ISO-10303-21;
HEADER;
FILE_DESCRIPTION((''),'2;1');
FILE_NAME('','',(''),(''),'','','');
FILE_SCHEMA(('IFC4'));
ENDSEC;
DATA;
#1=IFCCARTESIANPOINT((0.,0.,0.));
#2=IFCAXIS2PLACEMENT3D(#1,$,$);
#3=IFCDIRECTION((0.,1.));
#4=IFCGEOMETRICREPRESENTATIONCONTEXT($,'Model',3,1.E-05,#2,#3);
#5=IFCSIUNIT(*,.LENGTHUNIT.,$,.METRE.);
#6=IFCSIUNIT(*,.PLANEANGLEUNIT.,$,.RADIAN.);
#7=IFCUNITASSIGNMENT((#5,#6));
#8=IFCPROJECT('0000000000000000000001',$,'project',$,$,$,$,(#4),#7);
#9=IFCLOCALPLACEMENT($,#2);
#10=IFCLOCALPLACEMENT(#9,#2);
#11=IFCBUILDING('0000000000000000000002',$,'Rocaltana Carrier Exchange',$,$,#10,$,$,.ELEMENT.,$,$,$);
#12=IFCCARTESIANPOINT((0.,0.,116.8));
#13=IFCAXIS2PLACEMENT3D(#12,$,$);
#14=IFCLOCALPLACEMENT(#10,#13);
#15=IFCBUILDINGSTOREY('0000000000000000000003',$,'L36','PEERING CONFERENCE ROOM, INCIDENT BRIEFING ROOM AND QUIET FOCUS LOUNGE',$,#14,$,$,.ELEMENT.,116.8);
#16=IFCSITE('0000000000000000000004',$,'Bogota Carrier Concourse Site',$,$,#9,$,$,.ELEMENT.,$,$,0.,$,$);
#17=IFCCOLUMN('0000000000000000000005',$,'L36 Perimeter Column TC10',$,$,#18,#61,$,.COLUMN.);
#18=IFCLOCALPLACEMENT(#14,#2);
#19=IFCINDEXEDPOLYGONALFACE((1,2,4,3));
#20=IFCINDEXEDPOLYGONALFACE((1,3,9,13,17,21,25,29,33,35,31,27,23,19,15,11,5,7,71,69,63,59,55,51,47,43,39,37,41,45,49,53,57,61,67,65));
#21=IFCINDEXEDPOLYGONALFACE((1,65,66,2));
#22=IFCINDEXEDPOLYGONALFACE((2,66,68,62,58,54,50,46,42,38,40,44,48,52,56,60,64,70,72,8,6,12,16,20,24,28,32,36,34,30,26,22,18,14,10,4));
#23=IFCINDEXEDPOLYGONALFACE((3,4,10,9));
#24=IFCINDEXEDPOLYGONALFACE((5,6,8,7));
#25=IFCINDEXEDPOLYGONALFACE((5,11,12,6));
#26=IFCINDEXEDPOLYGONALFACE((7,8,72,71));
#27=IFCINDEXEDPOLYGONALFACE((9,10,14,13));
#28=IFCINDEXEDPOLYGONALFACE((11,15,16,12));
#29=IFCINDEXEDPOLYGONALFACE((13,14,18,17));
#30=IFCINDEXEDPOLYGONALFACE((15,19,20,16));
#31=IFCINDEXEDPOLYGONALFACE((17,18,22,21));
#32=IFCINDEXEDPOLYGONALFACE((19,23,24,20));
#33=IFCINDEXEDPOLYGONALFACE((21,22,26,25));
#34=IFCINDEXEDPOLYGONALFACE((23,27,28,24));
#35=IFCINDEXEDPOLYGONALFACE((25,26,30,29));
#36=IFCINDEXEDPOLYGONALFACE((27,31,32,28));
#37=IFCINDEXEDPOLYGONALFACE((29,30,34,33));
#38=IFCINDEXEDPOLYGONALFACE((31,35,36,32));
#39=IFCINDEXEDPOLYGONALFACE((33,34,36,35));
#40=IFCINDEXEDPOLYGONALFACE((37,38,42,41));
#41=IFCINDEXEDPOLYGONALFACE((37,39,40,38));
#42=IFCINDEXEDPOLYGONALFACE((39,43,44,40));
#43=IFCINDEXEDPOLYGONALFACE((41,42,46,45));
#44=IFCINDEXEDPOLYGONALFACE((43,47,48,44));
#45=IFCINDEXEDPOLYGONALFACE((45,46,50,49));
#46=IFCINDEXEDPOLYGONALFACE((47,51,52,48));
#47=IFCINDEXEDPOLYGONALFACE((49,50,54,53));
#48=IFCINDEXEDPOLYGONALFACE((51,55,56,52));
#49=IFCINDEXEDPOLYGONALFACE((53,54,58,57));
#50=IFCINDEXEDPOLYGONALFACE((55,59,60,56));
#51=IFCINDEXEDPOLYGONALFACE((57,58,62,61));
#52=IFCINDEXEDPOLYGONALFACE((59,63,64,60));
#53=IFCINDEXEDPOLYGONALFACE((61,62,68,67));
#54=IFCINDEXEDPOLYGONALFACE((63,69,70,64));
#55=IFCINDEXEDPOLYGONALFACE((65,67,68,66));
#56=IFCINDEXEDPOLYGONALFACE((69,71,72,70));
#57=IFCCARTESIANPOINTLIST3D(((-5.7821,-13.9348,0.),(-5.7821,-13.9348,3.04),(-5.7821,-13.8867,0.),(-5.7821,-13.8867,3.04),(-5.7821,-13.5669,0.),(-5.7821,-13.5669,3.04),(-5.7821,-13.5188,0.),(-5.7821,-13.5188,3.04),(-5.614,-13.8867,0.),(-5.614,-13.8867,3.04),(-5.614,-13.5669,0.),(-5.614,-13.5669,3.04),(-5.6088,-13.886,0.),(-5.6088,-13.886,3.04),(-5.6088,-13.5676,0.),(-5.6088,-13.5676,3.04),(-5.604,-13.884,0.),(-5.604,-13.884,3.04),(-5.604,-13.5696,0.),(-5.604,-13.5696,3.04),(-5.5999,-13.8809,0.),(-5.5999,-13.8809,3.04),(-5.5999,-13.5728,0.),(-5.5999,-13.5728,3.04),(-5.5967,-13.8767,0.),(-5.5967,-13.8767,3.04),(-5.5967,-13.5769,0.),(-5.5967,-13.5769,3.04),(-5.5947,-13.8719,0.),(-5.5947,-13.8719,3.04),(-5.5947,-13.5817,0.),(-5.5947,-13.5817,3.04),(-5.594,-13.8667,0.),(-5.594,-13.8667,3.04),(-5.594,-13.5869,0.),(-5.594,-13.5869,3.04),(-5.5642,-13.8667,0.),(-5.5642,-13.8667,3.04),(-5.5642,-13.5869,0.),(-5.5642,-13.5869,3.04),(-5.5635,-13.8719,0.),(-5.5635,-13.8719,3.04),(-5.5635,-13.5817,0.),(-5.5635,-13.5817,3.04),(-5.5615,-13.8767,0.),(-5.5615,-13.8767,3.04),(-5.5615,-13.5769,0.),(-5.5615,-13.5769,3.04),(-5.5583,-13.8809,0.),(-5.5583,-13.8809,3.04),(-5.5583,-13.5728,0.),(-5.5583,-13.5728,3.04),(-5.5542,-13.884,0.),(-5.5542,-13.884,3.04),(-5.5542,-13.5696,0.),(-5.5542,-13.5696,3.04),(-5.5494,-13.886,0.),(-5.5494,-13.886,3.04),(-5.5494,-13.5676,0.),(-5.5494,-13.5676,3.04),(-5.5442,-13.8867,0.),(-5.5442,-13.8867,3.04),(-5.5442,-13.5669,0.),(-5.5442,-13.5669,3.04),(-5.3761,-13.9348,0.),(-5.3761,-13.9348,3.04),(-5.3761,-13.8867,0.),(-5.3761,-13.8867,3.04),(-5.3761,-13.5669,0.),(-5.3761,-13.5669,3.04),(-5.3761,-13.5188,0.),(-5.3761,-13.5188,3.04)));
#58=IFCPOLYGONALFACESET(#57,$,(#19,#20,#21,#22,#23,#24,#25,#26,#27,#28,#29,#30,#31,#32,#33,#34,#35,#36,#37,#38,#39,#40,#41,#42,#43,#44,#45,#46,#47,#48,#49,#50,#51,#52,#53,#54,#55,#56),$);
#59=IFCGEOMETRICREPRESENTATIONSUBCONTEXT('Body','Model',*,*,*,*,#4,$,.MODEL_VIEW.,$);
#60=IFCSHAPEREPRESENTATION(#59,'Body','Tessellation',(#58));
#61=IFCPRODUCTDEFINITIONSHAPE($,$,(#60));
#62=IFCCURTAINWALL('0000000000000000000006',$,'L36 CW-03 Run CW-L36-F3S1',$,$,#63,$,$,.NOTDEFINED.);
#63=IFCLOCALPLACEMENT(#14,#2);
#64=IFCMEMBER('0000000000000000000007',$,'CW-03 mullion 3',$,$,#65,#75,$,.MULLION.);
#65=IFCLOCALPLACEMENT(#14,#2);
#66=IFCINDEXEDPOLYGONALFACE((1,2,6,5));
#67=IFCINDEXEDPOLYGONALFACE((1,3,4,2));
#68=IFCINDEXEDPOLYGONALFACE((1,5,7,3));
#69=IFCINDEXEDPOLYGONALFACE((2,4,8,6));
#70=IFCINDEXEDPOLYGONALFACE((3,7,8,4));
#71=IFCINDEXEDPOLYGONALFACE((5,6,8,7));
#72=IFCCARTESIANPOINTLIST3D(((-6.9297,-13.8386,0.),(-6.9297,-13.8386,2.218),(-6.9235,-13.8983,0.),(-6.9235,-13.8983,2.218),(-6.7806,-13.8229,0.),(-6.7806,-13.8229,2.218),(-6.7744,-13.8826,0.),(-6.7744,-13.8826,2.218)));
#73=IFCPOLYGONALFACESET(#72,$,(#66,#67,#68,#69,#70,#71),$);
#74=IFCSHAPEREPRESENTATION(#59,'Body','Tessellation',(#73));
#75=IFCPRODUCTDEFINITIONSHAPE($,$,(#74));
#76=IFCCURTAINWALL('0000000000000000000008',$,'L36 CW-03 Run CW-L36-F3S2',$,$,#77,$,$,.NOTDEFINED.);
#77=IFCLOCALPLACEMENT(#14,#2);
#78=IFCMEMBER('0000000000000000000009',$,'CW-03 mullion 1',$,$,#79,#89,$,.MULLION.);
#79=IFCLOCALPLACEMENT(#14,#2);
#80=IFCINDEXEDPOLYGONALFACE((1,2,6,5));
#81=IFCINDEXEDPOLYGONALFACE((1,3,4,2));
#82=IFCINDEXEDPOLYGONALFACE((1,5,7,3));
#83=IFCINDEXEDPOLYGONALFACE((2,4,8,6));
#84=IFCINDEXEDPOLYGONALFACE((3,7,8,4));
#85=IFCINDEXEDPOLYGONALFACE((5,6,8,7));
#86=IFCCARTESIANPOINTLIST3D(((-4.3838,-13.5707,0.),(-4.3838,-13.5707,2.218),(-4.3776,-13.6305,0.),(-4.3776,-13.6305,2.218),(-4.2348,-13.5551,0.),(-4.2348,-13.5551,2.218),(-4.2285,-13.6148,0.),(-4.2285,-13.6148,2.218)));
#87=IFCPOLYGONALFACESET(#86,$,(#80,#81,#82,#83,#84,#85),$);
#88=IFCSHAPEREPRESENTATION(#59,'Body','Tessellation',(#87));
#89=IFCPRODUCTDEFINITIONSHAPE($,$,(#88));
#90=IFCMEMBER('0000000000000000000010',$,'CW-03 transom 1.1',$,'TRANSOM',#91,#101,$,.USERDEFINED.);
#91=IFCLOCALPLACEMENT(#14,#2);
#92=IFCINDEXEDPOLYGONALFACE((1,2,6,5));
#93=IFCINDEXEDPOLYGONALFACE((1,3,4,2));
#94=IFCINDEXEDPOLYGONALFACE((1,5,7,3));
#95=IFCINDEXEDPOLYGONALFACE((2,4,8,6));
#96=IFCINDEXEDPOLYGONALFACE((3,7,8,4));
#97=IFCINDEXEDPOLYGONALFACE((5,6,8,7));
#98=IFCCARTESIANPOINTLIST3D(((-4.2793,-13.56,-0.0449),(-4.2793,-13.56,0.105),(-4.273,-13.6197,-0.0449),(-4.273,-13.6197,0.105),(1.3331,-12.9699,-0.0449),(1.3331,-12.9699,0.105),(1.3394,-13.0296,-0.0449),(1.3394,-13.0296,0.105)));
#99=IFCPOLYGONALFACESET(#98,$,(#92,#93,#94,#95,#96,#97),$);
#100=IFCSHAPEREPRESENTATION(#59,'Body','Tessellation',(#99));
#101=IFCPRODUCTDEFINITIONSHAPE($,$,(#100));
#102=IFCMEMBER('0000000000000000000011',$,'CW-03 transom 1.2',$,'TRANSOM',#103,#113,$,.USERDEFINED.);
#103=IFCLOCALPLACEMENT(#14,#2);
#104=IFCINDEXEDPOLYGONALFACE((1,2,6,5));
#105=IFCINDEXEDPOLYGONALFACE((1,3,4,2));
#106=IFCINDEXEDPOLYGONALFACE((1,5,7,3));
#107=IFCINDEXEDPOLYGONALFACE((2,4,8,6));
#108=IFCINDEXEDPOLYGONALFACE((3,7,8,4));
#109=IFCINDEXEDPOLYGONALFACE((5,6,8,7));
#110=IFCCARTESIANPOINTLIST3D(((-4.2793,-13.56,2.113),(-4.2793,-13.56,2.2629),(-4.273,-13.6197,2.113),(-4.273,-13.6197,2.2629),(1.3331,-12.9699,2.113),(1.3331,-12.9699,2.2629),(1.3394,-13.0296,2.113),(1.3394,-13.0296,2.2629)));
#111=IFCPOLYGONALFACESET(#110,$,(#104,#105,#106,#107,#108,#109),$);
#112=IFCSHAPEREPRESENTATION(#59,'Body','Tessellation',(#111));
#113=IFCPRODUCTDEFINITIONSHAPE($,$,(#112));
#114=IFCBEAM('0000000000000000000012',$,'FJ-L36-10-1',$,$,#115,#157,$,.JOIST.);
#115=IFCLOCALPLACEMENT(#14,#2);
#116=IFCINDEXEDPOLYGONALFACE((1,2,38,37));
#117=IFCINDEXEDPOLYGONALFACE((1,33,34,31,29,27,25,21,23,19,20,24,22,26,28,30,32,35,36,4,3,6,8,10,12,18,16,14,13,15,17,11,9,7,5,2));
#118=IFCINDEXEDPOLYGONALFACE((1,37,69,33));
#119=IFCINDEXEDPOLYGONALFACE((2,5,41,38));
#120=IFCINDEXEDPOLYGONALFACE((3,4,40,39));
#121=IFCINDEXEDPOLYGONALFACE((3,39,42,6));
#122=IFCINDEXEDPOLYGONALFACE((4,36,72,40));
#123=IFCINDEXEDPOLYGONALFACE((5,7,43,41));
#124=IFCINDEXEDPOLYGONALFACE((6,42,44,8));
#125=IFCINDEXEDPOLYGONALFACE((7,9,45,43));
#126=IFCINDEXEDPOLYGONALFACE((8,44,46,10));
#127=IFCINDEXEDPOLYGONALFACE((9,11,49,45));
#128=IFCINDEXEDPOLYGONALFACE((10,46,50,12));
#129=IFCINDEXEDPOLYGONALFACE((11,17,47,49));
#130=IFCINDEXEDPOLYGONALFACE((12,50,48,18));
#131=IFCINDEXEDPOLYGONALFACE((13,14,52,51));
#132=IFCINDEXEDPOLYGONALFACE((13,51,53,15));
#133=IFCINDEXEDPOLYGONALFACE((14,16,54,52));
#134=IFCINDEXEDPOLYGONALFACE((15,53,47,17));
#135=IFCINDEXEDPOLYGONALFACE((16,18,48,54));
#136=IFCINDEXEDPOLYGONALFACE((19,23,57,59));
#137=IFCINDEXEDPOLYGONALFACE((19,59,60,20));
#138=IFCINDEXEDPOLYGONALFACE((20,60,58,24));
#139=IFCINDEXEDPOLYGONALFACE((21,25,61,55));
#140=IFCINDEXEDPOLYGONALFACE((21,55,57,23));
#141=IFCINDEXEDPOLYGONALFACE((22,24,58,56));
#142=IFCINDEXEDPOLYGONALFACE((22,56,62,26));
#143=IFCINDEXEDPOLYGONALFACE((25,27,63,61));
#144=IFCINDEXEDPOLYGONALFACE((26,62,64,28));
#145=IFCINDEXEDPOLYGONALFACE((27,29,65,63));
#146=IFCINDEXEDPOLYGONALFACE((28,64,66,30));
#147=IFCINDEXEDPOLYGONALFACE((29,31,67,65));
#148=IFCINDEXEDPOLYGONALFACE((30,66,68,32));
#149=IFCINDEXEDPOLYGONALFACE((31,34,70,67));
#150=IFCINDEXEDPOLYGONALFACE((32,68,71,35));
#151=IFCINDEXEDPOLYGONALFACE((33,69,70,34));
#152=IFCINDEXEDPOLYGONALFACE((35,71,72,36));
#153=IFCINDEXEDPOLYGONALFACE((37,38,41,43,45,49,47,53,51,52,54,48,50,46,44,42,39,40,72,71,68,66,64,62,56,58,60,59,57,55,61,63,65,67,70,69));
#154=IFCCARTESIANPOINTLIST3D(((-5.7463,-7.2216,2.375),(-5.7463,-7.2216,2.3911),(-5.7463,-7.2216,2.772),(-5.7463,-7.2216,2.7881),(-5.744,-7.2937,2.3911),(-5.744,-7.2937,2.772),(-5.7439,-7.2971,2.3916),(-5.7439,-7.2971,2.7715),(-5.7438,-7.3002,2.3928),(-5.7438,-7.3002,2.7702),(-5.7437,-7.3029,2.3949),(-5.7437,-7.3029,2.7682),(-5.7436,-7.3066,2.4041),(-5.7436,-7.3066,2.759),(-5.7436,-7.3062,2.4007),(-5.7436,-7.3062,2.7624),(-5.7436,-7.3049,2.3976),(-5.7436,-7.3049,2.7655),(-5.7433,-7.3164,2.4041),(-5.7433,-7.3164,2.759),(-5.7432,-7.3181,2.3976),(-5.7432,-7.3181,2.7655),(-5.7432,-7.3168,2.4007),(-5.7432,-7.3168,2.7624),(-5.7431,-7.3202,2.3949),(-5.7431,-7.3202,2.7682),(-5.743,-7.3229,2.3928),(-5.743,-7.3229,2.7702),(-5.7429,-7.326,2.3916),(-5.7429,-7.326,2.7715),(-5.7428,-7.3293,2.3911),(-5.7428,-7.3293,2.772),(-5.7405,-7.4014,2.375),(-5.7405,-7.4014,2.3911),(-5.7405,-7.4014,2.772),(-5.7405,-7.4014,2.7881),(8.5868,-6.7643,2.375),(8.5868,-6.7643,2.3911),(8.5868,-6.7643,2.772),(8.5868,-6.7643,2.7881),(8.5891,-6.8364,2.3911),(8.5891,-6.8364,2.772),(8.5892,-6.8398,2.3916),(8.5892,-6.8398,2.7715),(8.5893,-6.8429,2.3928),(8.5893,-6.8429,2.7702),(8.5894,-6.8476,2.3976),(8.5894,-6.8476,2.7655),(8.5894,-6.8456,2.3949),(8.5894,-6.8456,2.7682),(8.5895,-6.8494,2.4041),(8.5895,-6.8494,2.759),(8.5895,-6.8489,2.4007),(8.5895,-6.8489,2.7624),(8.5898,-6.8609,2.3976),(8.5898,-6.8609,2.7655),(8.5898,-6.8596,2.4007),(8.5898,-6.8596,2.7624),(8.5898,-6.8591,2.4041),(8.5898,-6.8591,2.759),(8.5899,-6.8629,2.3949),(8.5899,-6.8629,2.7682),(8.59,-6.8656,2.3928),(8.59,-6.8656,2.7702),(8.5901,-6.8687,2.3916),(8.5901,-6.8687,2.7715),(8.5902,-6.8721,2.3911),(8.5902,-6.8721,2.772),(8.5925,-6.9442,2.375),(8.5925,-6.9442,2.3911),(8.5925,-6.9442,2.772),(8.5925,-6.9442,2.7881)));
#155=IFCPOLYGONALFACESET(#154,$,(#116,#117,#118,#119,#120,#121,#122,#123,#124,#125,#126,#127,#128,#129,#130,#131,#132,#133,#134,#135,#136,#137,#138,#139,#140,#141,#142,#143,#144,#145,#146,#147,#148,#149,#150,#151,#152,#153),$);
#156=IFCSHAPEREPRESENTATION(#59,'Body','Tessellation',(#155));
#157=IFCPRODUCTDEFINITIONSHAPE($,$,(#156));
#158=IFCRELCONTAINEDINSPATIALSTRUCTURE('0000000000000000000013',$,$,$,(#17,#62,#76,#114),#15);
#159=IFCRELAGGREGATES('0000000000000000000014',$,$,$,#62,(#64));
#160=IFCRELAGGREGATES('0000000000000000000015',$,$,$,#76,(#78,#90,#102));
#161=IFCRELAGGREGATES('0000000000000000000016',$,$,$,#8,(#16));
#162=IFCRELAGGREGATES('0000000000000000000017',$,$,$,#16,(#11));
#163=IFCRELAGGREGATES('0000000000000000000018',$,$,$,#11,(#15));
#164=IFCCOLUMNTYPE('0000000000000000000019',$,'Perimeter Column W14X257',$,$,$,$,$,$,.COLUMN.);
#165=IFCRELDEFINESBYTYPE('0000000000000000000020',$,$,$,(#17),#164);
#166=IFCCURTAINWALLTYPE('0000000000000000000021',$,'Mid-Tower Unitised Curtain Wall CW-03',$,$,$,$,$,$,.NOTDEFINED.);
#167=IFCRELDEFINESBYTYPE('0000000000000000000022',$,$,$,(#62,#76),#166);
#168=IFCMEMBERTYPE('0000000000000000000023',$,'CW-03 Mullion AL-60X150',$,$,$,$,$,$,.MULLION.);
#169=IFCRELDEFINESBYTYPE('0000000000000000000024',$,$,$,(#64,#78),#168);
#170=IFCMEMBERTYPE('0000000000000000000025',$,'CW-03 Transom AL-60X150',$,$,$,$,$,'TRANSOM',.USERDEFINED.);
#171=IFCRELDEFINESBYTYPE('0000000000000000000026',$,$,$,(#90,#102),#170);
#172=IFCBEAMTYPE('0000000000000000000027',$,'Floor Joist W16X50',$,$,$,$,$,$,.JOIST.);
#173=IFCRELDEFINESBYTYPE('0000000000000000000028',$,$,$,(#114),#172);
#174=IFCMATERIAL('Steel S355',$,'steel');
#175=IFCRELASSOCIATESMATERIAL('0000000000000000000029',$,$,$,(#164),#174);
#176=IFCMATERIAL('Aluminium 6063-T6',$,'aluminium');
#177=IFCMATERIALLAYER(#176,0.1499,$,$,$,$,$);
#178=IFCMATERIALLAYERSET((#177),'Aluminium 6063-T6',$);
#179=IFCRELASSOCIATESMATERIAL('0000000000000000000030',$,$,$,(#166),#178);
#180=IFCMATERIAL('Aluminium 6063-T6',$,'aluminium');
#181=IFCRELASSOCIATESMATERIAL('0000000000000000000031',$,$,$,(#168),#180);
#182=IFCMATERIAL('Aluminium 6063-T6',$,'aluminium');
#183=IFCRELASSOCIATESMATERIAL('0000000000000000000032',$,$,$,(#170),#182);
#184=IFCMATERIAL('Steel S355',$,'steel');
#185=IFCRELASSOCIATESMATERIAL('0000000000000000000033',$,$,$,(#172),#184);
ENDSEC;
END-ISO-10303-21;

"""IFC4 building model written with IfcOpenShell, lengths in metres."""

from ifc_helpers import new_model, si_unit, direction, frame, origin, origin_2d, place, context, subcontext, project, spatial, rectangle, i_section, extrude, material, layer, layer_set, material_profile, profile_set, type_object, element, aggregate, save


model = new_model("IFC4")

# Units and contexts
model_context = context("Model", 3, precision=1e-05, world=origin(), true_north=direction((0.0, 1.0)))
body_context = subcontext(model_context, "Body", "Model", "MODEL_VIEW")
ifc_project = project(units=[si_unit("LENGTHUNIT", "METRE"), si_unit("PLANEANGLEUNIT", "RADIAN")], contexts=[model_context])

# Site, building, storey
site_placement = place(None, origin())
site = spatial("IfcSite", under=ifc_project, at=site_placement, Name="Bogota Carrier Concourse Site", CompositionType="ELEMENT", RefElevation=0.0)
building_placement = place(site_placement, origin())
building = spatial("IfcBuilding", under=site, at=building_placement, Name="Rocaltana Carrier Exchange", CompositionType="ELEMENT")
storey_placement = place(building_placement, frame((0.0, 0.0, 116.8)))
storey = spatial("IfcBuildingStorey", under=building, at=storey_placement, Name="L36", Description="PEERING CONFERENCE ROOM, INCIDENT BRIEFING ROOM AND QUIET FOCUS LOUNGE", CompositionType="ELEMENT", Elevation=116.8)

# Column
ifc_material_1 = material(Name="Steel S355", Category="steel")
ifc_material_profile_1 = material_profile(ifc_material_1, i_section(OverallWidth=0.406, OverallDepth=0.416, WebThickness=0.0298, FlangeThickness=0.0481, FilletRadius=0.02, at=origin_2d()), Name="W14X257")
ifc_profile_set_1 = profile_set([ifc_material_profile_1], Name="Steel S355")
column_type = type_object("IfcColumnType", Name="Perimeter Column W14X257", PredefinedType="COLUMN", material=ifc_profile_set_1)
column_placement = place(storey_placement, frame((-5.5791, -13.7268, 0.0), z_axis=(0.0, 0.0, 1.0), x_axis=(1.0, 0.0, 0.0)))
element("IfcColumn", 1, at=column_placement, inside=storey, type_object=column_type, Name="L36 Perimeter Column TC10", PredefinedType="COLUMN", context=body_context, shape_type="SweptSolid", body=[
    extrude(i_section(OverallWidth=0.406, OverallDepth=0.416, WebThickness=0.0298, FlangeThickness=0.0481, FilletRadius=0.02, at=origin_2d()), origin(), (0.0, 0.0, 1.0), 3.04),
])

# Curtain wall, member
ifc_material_2 = material(Name="Aluminium 6063-T6", Category="aluminium")
ifc_layer_1 = layer(ifc_material_2, 0.1499)
ifc_layer_set_1 = layer_set([ifc_layer_1], Name="Aluminium 6063-T6")
curtain_wall_type = type_object("IfcCurtainWallType", Name="Mid-Tower Unitised Curtain Wall CW-03", PredefinedType="NOTDEFINED", material=ifc_layer_set_1)
curtain_wall_1_placement = place(storey_placement, origin())
curtain_wall_1 = element("IfcCurtainWall", 2, at=curtain_wall_1_placement, inside=storey, type_object=curtain_wall_type, Name="L36 CW-03 Run CW-L36-F3S1", PredefinedType="NOTDEFINED")
ifc_material_3 = material(Name="Aluminium 6063-T6", Category="aluminium")
ifc_material_profile_2 = material_profile(ifc_material_3, rectangle(XDim=0.0601, YDim=0.1499, at=origin_2d()), Name="AL-60X150")
ifc_profile_set_2 = profile_set([ifc_material_profile_2], Name="Aluminium 6063-T6")
member_type_1 = type_object("IfcMemberType", Name="CW-03 Mullion AL-60X150", PredefinedType="MULLION", material=ifc_profile_set_2)
member_1_placement = place(storey_placement, frame((-6.8521, -13.8606, 0.0), z_axis=(0.0, 0.0, 1.0), x_axis=(-0.104522, 0.994523, 0.0)))
member_1 = element("IfcMember", 3, at=member_1_placement, type_object=member_type_1, Name="CW-03 mullion 3", PredefinedType="MULLION", context=body_context, shape_type="SweptSolid", body=[
    extrude(rectangle(XDim=0.0601, YDim=0.1499, at=origin_2d()), origin(), (0.0, 0.0, 1.0), 2.218),
])
aggregate(curtain_wall_1, [member_1])

# Curtain wall, members
curtain_wall_2_placement = place(storey_placement, origin())
curtain_wall_2 = element("IfcCurtainWall", 4, at=curtain_wall_2_placement, inside=storey, type_object=curtain_wall_type, Name="L36 CW-03 Run CW-L36-F3S2", PredefinedType="NOTDEFINED")
member_2_placement = place(storey_placement, frame((-4.3062, -13.5928, 0.0), z_axis=(0.0, 0.0, 1.0), x_axis=(-0.10453, 0.994522, 0.0)))
member_2 = element("IfcMember", 5, at=member_2_placement, type_object=member_type_1, Name="CW-03 mullion 1", PredefinedType="MULLION", context=body_context, shape_type="SweptSolid", body=[
    extrude(rectangle(XDim=0.0601, YDim=0.1499, at=origin_2d()), origin(), (0.0, 0.0, 1.0), 2.218),
])
ifc_material_4 = material(Name="Aluminium 6063-T6", Category="aluminium")
ifc_material_profile_3 = material_profile(ifc_material_4, rectangle(XDim=0.0601, YDim=0.1499, at=origin_2d()), Name="AL-60X150")
ifc_profile_set_3 = profile_set([ifc_material_profile_3], Name="Aluminium 6063-T6")
member_type_2 = type_object("IfcMemberType", Name="CW-03 Transom AL-60X150", ElementType="TRANSOM", PredefinedType="USERDEFINED", material=ifc_profile_set_3)
member_3_placement = place(storey_placement, frame((-4.2761, -13.5898, 0.03), z_axis=(0.994518, 0.104565, 0.0), x_axis=(-0.104565, 0.994518, 0.0)))
member_3 = element("IfcMember", 6, at=member_3_placement, type_object=member_type_2, Name="CW-03 transom 1.1", ObjectType="TRANSOM", PredefinedType="USERDEFINED", context=body_context, shape_type="SweptSolid", body=[
    extrude(rectangle(XDim=0.0601, YDim=0.1499, at=origin_2d()), origin(), (0.0, 0.0, 1.0), 5.6433),
])
member_4_placement = place(storey_placement, frame((-4.2761, -13.5898, 2.188), z_axis=(0.994518, 0.104565, 0.0), x_axis=(-0.104565, 0.994518, 0.0)))
member_4 = element("IfcMember", 7, at=member_4_placement, type_object=member_type_2, Name="CW-03 transom 1.2", ObjectType="TRANSOM", PredefinedType="USERDEFINED", context=body_context, shape_type="SweptSolid", body=[
    extrude(rectangle(XDim=0.0601, YDim=0.1499, at=origin_2d()), origin(), (0.0, 0.0, 1.0), 5.6433),
])

# Beam
ifc_material_5 = material(Name="Steel S355", Category="steel")
ifc_material_profile_4 = material_profile(ifc_material_5, i_section(OverallWidth=0.1799, OverallDepth=0.4131, WebThickness=0.0098, FlangeThickness=0.0161, FilletRadius=0.0129, at=origin_2d()), Name="W16X50")
ifc_profile_set_4 = profile_set([ifc_material_profile_4], Name="Steel S355")
beam_type_1 = type_object("IfcBeamType", Name="Floor Joist W16X50", PredefinedType="JOIST", material=ifc_profile_set_4)
beam_1_placement = place(storey_placement, frame((-5.7434, -7.3115, 2.5815), z_axis=(0.999491, 0.031887, 0.0), x_axis=(-0.031887, 0.999491, 0.0)))
element("IfcBeam", 8, at=beam_1_placement, inside=storey, type_object=beam_type_1, Name="FJ-L36-10-1", PredefinedType="JOIST", context=body_context, shape_type="SweptSolid", body=[
    extrude(i_section(OverallWidth=0.1799, OverallDepth=0.4131, WebThickness=0.0098, FlangeThickness=0.0161, FilletRadius=0.0129, at=origin_2d()), origin(), (0.0, 0.0, 1.0), 14.3403),
])

aggregate(curtain_wall_2, [member_2, member_3, member_4])

save(model, "model.ifc")
